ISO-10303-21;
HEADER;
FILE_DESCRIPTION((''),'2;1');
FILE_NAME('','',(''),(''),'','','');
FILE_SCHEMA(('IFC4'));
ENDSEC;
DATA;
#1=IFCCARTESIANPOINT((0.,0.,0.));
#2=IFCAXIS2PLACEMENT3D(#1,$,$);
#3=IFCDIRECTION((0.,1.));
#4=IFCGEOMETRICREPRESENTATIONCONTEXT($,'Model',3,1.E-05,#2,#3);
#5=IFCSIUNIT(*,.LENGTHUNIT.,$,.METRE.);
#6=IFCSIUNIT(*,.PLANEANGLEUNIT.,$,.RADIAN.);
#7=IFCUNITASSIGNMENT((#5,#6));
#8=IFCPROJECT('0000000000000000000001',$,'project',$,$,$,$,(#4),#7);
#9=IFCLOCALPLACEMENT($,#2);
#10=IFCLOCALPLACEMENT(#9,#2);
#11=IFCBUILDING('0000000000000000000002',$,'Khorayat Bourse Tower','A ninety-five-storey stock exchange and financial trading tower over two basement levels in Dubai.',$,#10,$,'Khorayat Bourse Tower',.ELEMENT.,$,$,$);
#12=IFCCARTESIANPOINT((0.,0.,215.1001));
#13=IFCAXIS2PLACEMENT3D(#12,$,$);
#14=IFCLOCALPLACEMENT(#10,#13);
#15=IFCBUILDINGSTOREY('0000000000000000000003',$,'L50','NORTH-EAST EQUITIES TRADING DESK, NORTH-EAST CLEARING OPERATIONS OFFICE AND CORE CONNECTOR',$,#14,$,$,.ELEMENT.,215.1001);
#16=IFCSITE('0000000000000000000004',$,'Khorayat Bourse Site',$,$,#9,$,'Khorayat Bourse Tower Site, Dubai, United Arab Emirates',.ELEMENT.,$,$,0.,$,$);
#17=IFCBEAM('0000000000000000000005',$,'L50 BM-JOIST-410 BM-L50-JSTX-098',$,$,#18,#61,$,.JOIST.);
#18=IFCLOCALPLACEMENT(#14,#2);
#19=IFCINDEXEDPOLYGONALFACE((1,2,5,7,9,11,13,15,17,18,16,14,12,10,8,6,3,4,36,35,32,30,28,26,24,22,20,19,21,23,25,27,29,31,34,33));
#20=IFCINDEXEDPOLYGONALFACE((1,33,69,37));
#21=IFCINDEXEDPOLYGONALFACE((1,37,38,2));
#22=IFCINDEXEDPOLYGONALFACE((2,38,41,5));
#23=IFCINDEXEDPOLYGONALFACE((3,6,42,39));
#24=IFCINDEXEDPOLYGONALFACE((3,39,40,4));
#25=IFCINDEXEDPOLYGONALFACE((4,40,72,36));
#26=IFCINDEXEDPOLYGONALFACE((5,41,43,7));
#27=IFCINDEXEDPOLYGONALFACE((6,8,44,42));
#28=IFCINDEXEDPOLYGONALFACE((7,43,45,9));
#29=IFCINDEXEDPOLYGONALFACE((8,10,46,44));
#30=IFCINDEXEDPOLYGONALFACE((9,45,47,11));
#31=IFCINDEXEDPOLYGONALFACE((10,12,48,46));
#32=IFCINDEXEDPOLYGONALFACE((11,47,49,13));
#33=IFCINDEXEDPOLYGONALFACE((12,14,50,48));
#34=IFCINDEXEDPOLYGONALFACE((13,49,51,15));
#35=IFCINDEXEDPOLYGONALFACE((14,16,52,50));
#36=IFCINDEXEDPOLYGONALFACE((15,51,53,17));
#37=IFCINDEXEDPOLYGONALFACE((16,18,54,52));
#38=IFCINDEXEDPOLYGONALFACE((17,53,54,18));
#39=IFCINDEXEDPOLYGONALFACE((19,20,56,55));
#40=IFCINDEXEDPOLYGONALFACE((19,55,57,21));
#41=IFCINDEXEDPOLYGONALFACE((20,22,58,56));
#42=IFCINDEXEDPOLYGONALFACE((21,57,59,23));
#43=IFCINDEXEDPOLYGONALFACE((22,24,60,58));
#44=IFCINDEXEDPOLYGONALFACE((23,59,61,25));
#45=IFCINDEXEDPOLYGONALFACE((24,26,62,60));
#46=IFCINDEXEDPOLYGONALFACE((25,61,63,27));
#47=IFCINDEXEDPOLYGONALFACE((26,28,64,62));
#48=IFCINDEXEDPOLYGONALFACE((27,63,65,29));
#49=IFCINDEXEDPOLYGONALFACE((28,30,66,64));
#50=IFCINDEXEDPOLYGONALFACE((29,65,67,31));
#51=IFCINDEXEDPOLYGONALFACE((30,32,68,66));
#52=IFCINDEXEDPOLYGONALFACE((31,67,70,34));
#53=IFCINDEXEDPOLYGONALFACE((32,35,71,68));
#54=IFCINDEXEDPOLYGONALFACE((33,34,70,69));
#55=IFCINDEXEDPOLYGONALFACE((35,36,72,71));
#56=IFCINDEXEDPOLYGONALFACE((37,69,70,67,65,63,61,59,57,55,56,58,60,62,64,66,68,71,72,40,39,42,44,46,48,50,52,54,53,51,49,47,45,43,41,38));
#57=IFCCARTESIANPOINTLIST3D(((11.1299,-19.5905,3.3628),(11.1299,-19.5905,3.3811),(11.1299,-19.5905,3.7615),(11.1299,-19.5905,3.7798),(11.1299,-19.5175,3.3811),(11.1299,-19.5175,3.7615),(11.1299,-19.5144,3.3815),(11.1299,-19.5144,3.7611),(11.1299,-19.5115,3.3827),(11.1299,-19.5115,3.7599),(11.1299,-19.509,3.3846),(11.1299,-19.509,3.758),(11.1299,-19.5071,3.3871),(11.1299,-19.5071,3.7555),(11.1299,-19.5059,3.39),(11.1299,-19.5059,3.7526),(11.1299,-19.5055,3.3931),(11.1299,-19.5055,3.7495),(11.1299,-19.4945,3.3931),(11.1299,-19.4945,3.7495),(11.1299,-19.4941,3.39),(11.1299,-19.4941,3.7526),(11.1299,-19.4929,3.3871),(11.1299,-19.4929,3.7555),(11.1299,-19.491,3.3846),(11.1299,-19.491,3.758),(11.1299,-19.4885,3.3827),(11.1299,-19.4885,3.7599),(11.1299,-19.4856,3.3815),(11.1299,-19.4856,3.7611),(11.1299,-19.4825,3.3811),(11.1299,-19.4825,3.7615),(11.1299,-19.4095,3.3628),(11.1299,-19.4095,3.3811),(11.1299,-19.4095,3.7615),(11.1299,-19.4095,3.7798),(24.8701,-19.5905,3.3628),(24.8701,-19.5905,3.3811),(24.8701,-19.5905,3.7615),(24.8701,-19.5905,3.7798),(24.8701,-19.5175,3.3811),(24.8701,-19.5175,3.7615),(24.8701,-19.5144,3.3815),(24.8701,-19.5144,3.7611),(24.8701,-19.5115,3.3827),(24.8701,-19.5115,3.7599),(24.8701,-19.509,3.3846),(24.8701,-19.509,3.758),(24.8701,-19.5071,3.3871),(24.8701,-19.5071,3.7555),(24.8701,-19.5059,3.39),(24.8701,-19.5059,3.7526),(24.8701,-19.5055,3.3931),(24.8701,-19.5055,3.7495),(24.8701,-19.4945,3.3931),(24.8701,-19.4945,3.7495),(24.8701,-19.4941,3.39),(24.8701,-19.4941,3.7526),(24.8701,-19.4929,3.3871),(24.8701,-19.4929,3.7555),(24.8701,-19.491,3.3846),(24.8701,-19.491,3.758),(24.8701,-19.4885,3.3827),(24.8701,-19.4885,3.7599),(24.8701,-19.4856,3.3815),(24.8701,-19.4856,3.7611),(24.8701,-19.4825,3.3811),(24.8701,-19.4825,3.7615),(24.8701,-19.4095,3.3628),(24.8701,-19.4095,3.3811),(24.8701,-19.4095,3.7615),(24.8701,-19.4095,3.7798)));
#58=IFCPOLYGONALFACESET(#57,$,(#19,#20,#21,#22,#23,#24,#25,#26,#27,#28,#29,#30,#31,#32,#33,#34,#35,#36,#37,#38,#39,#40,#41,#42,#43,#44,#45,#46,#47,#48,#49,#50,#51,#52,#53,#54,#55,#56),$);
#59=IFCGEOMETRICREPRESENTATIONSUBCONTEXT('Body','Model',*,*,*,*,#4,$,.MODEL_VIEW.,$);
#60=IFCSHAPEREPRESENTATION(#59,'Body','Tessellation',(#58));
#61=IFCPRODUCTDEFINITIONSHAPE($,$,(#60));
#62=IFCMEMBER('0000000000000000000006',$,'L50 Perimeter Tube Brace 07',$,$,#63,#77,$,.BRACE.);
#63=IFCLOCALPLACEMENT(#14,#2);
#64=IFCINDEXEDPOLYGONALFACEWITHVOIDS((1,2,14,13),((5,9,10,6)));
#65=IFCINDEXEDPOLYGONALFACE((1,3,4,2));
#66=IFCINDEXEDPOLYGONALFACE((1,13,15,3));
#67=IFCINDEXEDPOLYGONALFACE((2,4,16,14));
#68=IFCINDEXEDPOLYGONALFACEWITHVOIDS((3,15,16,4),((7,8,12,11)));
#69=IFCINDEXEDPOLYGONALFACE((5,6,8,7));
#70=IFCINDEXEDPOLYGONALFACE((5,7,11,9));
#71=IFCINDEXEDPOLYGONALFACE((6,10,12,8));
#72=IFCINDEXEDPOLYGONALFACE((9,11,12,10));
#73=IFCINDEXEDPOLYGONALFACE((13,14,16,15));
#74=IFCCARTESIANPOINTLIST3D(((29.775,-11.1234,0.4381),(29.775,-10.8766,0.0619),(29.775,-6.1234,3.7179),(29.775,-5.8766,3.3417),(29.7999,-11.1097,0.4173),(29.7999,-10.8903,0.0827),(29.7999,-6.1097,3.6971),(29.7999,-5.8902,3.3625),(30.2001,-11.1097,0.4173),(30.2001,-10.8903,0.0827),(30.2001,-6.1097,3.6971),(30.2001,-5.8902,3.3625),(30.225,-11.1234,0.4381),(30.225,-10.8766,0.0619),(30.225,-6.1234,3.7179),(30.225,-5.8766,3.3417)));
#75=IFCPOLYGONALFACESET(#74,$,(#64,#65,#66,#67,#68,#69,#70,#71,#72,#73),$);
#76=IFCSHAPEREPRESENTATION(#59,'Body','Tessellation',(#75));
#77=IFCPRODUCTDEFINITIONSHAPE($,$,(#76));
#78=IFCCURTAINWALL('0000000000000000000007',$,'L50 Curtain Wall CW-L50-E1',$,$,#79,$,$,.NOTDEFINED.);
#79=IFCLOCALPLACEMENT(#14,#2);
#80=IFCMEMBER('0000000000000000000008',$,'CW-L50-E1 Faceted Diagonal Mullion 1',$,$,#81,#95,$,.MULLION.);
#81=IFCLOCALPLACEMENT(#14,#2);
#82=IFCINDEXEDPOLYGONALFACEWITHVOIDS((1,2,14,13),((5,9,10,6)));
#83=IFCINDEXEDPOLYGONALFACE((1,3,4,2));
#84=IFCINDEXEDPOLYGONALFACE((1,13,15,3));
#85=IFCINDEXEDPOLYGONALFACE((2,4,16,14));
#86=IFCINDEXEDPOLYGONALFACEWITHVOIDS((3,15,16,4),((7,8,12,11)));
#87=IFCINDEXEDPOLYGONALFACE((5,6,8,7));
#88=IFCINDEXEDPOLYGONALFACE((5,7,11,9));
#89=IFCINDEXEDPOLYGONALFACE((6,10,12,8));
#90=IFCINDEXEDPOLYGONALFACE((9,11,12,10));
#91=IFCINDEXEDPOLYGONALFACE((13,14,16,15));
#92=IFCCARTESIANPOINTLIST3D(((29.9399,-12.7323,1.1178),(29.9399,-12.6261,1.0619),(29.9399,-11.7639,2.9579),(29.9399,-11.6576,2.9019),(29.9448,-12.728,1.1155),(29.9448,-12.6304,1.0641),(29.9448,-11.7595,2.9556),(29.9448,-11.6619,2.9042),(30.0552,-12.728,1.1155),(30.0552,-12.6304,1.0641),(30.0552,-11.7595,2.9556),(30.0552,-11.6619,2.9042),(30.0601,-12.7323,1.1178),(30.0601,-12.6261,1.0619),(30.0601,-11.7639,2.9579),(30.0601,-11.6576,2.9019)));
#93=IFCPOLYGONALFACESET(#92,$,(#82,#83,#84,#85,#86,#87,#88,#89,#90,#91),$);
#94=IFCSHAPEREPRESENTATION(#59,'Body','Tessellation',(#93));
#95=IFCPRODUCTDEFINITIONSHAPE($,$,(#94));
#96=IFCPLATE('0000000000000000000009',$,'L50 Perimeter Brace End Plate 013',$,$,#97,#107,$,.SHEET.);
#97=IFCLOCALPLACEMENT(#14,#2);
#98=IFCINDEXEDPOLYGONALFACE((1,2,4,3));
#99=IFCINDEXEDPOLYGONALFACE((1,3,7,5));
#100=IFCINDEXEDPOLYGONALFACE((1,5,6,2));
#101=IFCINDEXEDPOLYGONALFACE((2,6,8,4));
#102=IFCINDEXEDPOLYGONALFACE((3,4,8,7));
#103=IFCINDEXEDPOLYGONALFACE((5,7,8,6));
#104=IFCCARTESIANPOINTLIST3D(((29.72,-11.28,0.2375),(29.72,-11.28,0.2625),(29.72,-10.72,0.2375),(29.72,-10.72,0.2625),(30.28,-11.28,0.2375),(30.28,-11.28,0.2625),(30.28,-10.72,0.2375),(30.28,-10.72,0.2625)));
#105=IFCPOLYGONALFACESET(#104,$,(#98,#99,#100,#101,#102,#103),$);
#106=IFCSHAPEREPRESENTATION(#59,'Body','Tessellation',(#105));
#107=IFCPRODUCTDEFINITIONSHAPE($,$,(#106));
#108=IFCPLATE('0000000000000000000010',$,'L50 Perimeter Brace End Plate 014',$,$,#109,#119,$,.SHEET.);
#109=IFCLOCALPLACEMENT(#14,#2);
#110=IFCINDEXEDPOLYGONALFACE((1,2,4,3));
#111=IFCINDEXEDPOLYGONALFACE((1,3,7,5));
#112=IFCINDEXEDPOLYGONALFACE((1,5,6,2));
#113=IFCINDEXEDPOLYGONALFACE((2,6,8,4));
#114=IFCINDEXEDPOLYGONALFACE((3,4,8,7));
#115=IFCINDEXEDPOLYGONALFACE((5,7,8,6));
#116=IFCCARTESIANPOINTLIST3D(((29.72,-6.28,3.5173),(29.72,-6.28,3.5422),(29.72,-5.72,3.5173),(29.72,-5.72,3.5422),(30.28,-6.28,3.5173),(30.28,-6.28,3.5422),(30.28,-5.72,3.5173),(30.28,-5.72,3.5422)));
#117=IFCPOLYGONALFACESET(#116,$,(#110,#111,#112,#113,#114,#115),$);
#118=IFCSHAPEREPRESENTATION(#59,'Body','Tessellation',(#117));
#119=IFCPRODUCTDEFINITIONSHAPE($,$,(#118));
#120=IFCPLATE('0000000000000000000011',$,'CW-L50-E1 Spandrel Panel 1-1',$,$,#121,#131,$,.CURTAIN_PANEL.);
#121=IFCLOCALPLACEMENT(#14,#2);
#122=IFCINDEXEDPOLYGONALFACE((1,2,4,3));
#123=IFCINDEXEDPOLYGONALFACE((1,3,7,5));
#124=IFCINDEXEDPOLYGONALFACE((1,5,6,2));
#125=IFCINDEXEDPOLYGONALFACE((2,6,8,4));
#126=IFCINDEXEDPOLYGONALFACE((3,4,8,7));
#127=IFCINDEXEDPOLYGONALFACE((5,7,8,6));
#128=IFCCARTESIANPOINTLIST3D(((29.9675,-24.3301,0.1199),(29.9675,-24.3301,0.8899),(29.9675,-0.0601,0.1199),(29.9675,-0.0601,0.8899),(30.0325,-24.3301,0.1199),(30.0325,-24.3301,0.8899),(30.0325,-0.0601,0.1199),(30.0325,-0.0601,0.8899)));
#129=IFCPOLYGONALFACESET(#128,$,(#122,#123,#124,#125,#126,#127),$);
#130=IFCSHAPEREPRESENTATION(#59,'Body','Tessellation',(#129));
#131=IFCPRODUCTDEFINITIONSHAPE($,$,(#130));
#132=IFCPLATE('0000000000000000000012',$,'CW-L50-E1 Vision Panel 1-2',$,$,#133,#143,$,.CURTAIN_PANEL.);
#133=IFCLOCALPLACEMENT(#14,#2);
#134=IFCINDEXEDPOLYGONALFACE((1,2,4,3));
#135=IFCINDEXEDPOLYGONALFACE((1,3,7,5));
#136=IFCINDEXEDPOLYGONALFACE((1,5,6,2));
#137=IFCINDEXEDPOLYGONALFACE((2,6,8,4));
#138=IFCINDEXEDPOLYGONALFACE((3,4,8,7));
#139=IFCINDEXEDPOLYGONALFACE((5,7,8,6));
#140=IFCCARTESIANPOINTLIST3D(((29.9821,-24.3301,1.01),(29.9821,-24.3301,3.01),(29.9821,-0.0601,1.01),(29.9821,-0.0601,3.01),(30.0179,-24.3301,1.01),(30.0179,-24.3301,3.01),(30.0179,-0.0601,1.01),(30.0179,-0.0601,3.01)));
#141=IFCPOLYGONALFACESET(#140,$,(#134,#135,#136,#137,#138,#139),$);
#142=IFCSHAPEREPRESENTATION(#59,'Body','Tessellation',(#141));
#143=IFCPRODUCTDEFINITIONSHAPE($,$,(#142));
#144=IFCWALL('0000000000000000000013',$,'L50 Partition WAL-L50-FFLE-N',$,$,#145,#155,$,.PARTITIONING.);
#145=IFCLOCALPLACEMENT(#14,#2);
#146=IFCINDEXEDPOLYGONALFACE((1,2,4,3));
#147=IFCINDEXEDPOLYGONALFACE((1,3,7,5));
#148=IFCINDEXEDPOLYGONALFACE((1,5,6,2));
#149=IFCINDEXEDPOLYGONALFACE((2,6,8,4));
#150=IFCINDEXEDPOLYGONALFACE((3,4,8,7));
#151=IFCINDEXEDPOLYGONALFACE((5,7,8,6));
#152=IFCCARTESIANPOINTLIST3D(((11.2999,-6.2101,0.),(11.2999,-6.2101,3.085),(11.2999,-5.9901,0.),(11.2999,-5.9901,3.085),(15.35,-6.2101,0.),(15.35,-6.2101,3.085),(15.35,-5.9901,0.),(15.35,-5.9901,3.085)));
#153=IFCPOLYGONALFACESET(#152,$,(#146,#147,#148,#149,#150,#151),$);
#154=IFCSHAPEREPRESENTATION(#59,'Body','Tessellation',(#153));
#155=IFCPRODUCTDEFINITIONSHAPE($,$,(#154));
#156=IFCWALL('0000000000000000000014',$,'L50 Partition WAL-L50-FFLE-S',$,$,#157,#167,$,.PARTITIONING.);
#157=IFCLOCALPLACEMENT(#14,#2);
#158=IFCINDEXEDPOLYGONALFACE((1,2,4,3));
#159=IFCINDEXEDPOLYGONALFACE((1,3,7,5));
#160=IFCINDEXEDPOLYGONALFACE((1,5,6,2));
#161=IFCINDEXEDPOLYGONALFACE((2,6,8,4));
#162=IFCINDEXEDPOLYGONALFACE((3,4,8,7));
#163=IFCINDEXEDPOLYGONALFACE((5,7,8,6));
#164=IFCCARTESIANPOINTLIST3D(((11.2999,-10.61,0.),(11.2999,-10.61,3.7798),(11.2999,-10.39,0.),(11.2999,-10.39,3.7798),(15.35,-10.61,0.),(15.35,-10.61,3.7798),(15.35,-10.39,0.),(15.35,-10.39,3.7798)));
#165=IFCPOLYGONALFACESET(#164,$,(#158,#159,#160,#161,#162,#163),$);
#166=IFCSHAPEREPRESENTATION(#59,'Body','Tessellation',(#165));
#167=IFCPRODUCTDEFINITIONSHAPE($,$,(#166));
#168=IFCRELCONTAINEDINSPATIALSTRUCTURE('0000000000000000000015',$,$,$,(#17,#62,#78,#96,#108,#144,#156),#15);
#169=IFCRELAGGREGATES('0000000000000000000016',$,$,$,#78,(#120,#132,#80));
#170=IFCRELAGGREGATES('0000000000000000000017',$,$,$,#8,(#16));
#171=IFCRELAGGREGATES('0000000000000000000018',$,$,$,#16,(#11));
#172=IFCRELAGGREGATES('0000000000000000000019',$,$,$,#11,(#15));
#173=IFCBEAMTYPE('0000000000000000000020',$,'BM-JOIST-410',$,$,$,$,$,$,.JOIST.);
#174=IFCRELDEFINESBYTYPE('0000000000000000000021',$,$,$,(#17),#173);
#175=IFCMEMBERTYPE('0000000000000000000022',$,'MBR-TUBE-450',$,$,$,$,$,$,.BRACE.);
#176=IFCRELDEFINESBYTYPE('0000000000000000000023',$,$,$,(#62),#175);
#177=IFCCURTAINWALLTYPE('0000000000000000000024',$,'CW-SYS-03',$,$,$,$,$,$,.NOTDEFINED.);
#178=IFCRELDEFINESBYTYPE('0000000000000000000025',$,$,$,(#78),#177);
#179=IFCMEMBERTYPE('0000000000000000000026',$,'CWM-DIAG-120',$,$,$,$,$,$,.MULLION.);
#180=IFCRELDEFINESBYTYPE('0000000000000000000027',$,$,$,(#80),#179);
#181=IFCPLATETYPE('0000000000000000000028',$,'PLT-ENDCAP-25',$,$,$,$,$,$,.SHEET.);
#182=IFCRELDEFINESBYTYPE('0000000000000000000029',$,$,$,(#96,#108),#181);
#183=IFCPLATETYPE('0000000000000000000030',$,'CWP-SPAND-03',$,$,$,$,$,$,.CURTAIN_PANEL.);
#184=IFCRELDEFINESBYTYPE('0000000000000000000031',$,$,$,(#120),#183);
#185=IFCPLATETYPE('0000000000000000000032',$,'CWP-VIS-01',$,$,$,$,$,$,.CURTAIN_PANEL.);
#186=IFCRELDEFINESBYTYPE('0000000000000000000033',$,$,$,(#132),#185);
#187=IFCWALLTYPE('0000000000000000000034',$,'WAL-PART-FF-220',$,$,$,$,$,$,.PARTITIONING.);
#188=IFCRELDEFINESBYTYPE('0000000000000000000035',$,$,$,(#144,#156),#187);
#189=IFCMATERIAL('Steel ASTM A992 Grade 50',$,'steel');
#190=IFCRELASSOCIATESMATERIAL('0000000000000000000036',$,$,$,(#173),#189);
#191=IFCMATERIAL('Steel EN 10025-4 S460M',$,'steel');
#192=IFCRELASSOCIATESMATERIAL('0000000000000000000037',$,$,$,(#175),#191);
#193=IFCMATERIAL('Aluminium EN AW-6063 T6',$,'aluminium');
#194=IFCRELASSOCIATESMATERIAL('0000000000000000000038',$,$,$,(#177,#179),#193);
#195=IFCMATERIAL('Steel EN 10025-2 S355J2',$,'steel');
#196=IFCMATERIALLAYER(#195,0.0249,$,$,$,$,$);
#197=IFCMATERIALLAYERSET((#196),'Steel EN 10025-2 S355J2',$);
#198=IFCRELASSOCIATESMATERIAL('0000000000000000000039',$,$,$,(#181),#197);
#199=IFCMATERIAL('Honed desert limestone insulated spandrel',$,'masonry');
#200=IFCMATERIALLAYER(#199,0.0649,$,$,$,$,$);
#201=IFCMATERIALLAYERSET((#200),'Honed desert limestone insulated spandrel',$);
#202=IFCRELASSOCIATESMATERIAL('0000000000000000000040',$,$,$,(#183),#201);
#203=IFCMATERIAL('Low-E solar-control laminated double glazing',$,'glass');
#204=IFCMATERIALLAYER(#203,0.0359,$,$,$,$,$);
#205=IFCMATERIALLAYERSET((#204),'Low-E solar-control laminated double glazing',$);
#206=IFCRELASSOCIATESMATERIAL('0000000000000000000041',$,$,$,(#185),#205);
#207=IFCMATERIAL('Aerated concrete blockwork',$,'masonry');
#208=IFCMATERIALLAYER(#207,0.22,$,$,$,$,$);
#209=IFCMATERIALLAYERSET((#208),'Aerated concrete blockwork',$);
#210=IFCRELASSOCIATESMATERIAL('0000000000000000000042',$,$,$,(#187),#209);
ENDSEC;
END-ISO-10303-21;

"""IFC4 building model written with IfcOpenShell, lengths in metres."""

from ifc_helpers import new_model, si_unit, direction, frame, frame_2d, origin, origin_2d, place, context, subcontext, project, spatial, rectangle, hollow_rectangle, i_section, extrude, source, transform, mapped, material, layer, layer_set, material_profile, profile_set, type_object, element, aggregate, save


model = new_model("IFC4")

# Units and contexts
model_context = context("Model", 3, precision=1e-05, world=origin(), true_north=direction((0.0, 1.0)))
body_context = subcontext(model_context, "Body", "Model", "MODEL_VIEW")
ifc_project = project(units=[si_unit("LENGTHUNIT", "METRE"), si_unit("PLANEANGLEUNIT", "RADIAN")], contexts=[model_context])

# Site, building, storey
site_placement = place(None, origin())
site = spatial("IfcSite", under=ifc_project, at=site_placement, Name="Khorayat Bourse Site", LongName="Khorayat Bourse Tower Site, Dubai, United Arab Emirates", CompositionType="ELEMENT", RefElevation=0.0)
building_placement = place(site_placement, origin())
building = spatial("IfcBuilding", under=site, at=building_placement, Name="Khorayat Bourse Tower", Description="A ninety-five-storey stock exchange and financial trading tower over two basement levels in Dubai.", LongName="Khorayat Bourse Tower", CompositionType="ELEMENT")
storey_placement = place(building_placement, frame((0.0, 0.0, 215.1001)))
storey = spatial("IfcBuildingStorey", under=building, at=storey_placement, Name="L50", Description="NORTH-EAST EQUITIES TRADING DESK, NORTH-EAST CLEARING OPERATIONS OFFICE AND CORE CONNECTOR", CompositionType="ELEMENT", Elevation=215.1001)

# Shared definitions
ifc_material_1 = material(Name="Steel EN 10025-4 S460M", Category="steel")

# Beam
ifc_material_2 = material(Name="Steel ASTM A992 Grade 50", Category="steel")
ifc_material_profile_1 = material_profile(ifc_material_2, i_section(OverallWidth=0.1809, OverallDepth=0.417, WebThickness=0.011, FlangeThickness=0.0183, FilletRadius=0.012, at=origin_2d()), Name="W410X85")
ifc_profile_set_1 = profile_set([ifc_material_profile_1], Name="Steel ASTM A992 Grade 50")
beam_type_1 = type_object("IfcBeamType", Name="BM-JOIST-410", PredefinedType="JOIST", material=ifc_profile_set_1)
shared_shape_1 = source(origin(), body_context, "Body", "SweptSolid", [
    extrude(i_section(OverallWidth=0.1809, OverallDepth=0.417, WebThickness=0.011, FlangeThickness=0.0183, FilletRadius=0.012, at=origin_2d()), origin(), (0.0, 0.0, 1.0), 13.7402),
])
beam_1_placement = place(storey_placement, frame((11.1299, -19.5, 3.5713), z_axis=(1.0, 0.0, 0.0), x_axis=(0.0, 1.0, 0.0)))
element("IfcBeam", 1, at=beam_1_placement, inside=storey, type_object=beam_type_1, Name="L50 BM-JOIST-410 BM-L50-JSTX-098", PredefinedType="JOIST", context=body_context, shape_type="MappedRepresentation", body=[
    mapped(shared_shape_1, transform((0.0, 0.0, 0.0), scale=1.0)),
])

# Member
ifc_material_profile_2 = material_profile(ifc_material_1, hollow_rectangle(XDim=0.45, YDim=0.45, WallThickness=0.0249, at=origin_2d()), Name="HSS 450x450x25")
ifc_profile_set_2 = profile_set([ifc_material_profile_2], Name="Steel EN 10025-4 S460M")
member_type_1 = type_object("IfcMemberType", Name="MBR-TUBE-450", PredefinedType="BRACE", material=ifc_profile_set_2)
shared_shape_2 = source(origin(), body_context, "Body", "SweptSolid", [
    extrude(hollow_rectangle(XDim=0.45, YDim=0.45, WallThickness=0.0249, at=origin_2d()), origin(), (0.0, 0.0, 1.0), 5.9797),
])
member_1_placement = place(storey_placement, frame((30.0, -11.0, 0.25), z_axis=(0.0, 0.83616, 0.548485), x_axis=(-1.0, 0.0, 0.0)))
element("IfcMember", 2, at=member_1_placement, inside=storey, type_object=member_type_1, Name="L50 Perimeter Tube Brace 07", PredefinedType="BRACE", context=body_context, shape_type="MappedRepresentation", body=[
    mapped(shared_shape_2, transform((0.0, 0.0, 0.0), scale=1.0)),
])

# Curtain wall, member
ifc_material_3 = material(Name="Aluminium EN AW-6063 T6", Category="aluminium")
curtain_wall_type = type_object("IfcCurtainWallType", Name="CW-SYS-03", PredefinedType="NOTDEFINED", material=ifc_material_3)
curtain_wall_placement = place(storey_placement, origin())
curtain_wall = element("IfcCurtainWall", 3, at=curtain_wall_placement, inside=storey, type_object=curtain_wall_type, Name="L50 Curtain Wall CW-L50-E1", PredefinedType="NOTDEFINED")
ifc_material_profile_3 = material_profile(ifc_material_3, hollow_rectangle(XDim=0.1201, YDim=0.1201, WallThickness=0.0049, at=origin_2d()), Name="ALU 120x120x5")
ifc_profile_set_3 = profile_set([ifc_material_profile_3], Name="Aluminium EN AW-6063 T6")
member_type_2 = type_object("IfcMemberType", Name="CWM-DIAG-120", PredefinedType="MULLION", material=ifc_profile_set_3)
shared_shape_3 = source(origin(), body_context, "Body", "SweptSolid", [
    extrude(hollow_rectangle(XDim=0.1201, YDim=0.1201, WallThickness=0.0049, at=origin_2d()), origin(), (0.0, 0.0, 1.0), 2.0793),
])
member_2_placement = place(storey_placement, frame((30.0, -12.6792, 1.0898), z_axis=(0.0, 0.465761, 0.884911), x_axis=(-1.0, 0.0, 0.0)))
member_2 = element("IfcMember", 4, at=member_2_placement, type_object=member_type_2, Name="CW-L50-E1 Faceted Diagonal Mullion 1", PredefinedType="MULLION", context=body_context, shape_type="MappedRepresentation", body=[
    mapped(shared_shape_3, transform((0.0, 0.0, 0.0), scale=1.0)),
])

# Plates
ifc_material_4 = material(Name="Steel EN 10025-2 S355J2", Category="steel")
ifc_layer_1 = layer(ifc_material_4, 0.0249)
ifc_layer_set_1 = layer_set([ifc_layer_1], Name="Steel EN 10025-2 S355J2")
plate_type_1 = type_object("IfcPlateType", Name="PLT-ENDCAP-25", PredefinedType="SHEET", material=ifc_layer_set_1)
shared_shape_4 = source(origin(), body_context, "Body", "SweptSolid", [
    extrude(rectangle(XDim=0.5601, YDim=0.5601, at=origin_2d()), origin(), (0.0, 0.0, 1.0), 0.0249),
])
for number, where, z_axis, x_axis, name in (
    (5, (30.0, -11.0, 0.2375), (0.0, 0.0, 1.0), (1.0, 0.0, 0.0), "L50 Perimeter Brace End Plate 013"),
    (6, (30.0, -6.0, 3.5173), (0.0, 0.0, 1.0), (1.0, 0.0, 0.0), "L50 Perimeter Brace End Plate 014"),
):
    element("IfcPlate", number, at=place(storey_placement, frame(where, z_axis=z_axis, x_axis=x_axis)), inside=storey, type_object=plate_type_1, Name=name, PredefinedType="SHEET", context=body_context, shape_type="MappedRepresentation", body=[
        mapped(shared_shape_4, transform((0.0, 0.0, 0.0), scale=1.0)),
    ])

# Plates
ifc_material_5 = material(Name="Honed desert limestone insulated spandrel", Category="masonry")
ifc_layer_2 = layer(ifc_material_5, 0.0649)
ifc_layer_set_2 = layer_set([ifc_layer_2], Name="Honed desert limestone insulated spandrel")
plate_type_2 = type_object("IfcPlateType", Name="CWP-SPAND-03", PredefinedType="CURTAIN_PANEL", material=ifc_layer_set_2)
shared_shape_5 = source(origin(), body_context, "Body", "SweptSolid", [
    extrude(rectangle(XDim=24.27, YDim=0.0649, at=origin_2d()), origin(), (0.0, 0.0, 1.0), 0.77),
])
plate_1_placement = place(storey_placement, frame((30.0, -12.1951, 0.1199), z_axis=(0.0, 0.0, 1.0), x_axis=(0.0, 1.0, 0.0)))
plate_1 = element("IfcPlate", 7, at=plate_1_placement, type_object=plate_type_2, Name="CW-L50-E1 Spandrel Panel 1-1", PredefinedType="CURTAIN_PANEL", context=body_context, shape_type="MappedRepresentation", body=[
    mapped(shared_shape_5, transform((0.0, 0.0, 0.0), scale=1.0)),
])
ifc_material_6 = material(Name="Low-E solar-control laminated double glazing", Category="glass")
ifc_layer_3 = layer(ifc_material_6, 0.0359)
ifc_layer_set_3 = layer_set([ifc_layer_3], Name="Low-E solar-control laminated double glazing")
plate_type_3 = type_object("IfcPlateType", Name="CWP-VIS-01", PredefinedType="CURTAIN_PANEL", material=ifc_layer_set_3)
shared_shape_6 = source(origin(), body_context, "Body", "SweptSolid", [
    extrude(rectangle(XDim=24.27, YDim=0.0359, at=origin_2d()), origin(), (0.0, 0.0, 1.0), 2.0),
])
plate_2_placement = place(storey_placement, frame((30.0, -12.1951, 1.01), z_axis=(0.0, 0.0, 1.0), x_axis=(0.0, 1.0, 0.0)))
plate_2 = element("IfcPlate", 8, at=plate_2_placement, type_object=plate_type_3, Name="CW-L50-E1 Vision Panel 1-2", PredefinedType="CURTAIN_PANEL", context=body_context, shape_type="MappedRepresentation", body=[
    mapped(shared_shape_6, transform((0.0, 0.0, 0.0), scale=1.0)),
])
aggregate(curtain_wall, [plate_1, plate_2, member_2])

# Walls
ifc_material_7 = material(Name="Aerated concrete blockwork", Category="masonry")
ifc_layer_4 = layer(ifc_material_7, 0.22)
ifc_layer_set_4 = layer_set([ifc_layer_4], Name="Aerated concrete blockwork")
wall_type_1 = type_object("IfcWallType", Name="WAL-PART-FF-220", PredefinedType="PARTITIONING", material=ifc_layer_set_4)
shared_shape_7 = source(origin(), body_context, "Body", "SweptSolid", [
    extrude(rectangle(XDim=4.05, YDim=0.22, at=frame_2d((2.0249, 0.0))), origin(), (0.0, 0.0, 1.0), 3.085),
])
wall_1_placement = place(storey_placement, frame((11.3, -6.1001, 0.0), z_axis=(0.0, 0.0, 1.0), x_axis=(1.0, 0.0, 0.0)))
element("IfcWall", 9, at=wall_1_placement, inside=storey, type_object=wall_type_1, Name="L50 Partition WAL-L50-FFLE-N", PredefinedType="PARTITIONING", context=body_context, shape_type="MappedRepresentation", body=[
    mapped(shared_shape_7, transform((0.0, 0.0, 0.0), scale=1.0)),
])
shared_shape_8 = source(origin(), body_context, "Body", "SweptSolid", [
    extrude(rectangle(XDim=4.05, YDim=0.22, at=frame_2d((2.0249, 0.0))), origin(), (0.0, 0.0, 1.0), 3.7798),
])
wall_2_placement = place(storey_placement, frame((11.3, -10.5, 0.0), z_axis=(0.0, 0.0, 1.0), x_axis=(1.0, 0.0, 0.0)))
element("IfcWall", 10, at=wall_2_placement, inside=storey, type_object=wall_type_1, Name="L50 Partition WAL-L50-FFLE-S", PredefinedType="PARTITIONING", context=body_context, shape_type="MappedRepresentation", body=[
    mapped(shared_shape_8, transform((0.0, 0.0, 0.0), scale=1.0)),
])

save(model, "model.ifc")
